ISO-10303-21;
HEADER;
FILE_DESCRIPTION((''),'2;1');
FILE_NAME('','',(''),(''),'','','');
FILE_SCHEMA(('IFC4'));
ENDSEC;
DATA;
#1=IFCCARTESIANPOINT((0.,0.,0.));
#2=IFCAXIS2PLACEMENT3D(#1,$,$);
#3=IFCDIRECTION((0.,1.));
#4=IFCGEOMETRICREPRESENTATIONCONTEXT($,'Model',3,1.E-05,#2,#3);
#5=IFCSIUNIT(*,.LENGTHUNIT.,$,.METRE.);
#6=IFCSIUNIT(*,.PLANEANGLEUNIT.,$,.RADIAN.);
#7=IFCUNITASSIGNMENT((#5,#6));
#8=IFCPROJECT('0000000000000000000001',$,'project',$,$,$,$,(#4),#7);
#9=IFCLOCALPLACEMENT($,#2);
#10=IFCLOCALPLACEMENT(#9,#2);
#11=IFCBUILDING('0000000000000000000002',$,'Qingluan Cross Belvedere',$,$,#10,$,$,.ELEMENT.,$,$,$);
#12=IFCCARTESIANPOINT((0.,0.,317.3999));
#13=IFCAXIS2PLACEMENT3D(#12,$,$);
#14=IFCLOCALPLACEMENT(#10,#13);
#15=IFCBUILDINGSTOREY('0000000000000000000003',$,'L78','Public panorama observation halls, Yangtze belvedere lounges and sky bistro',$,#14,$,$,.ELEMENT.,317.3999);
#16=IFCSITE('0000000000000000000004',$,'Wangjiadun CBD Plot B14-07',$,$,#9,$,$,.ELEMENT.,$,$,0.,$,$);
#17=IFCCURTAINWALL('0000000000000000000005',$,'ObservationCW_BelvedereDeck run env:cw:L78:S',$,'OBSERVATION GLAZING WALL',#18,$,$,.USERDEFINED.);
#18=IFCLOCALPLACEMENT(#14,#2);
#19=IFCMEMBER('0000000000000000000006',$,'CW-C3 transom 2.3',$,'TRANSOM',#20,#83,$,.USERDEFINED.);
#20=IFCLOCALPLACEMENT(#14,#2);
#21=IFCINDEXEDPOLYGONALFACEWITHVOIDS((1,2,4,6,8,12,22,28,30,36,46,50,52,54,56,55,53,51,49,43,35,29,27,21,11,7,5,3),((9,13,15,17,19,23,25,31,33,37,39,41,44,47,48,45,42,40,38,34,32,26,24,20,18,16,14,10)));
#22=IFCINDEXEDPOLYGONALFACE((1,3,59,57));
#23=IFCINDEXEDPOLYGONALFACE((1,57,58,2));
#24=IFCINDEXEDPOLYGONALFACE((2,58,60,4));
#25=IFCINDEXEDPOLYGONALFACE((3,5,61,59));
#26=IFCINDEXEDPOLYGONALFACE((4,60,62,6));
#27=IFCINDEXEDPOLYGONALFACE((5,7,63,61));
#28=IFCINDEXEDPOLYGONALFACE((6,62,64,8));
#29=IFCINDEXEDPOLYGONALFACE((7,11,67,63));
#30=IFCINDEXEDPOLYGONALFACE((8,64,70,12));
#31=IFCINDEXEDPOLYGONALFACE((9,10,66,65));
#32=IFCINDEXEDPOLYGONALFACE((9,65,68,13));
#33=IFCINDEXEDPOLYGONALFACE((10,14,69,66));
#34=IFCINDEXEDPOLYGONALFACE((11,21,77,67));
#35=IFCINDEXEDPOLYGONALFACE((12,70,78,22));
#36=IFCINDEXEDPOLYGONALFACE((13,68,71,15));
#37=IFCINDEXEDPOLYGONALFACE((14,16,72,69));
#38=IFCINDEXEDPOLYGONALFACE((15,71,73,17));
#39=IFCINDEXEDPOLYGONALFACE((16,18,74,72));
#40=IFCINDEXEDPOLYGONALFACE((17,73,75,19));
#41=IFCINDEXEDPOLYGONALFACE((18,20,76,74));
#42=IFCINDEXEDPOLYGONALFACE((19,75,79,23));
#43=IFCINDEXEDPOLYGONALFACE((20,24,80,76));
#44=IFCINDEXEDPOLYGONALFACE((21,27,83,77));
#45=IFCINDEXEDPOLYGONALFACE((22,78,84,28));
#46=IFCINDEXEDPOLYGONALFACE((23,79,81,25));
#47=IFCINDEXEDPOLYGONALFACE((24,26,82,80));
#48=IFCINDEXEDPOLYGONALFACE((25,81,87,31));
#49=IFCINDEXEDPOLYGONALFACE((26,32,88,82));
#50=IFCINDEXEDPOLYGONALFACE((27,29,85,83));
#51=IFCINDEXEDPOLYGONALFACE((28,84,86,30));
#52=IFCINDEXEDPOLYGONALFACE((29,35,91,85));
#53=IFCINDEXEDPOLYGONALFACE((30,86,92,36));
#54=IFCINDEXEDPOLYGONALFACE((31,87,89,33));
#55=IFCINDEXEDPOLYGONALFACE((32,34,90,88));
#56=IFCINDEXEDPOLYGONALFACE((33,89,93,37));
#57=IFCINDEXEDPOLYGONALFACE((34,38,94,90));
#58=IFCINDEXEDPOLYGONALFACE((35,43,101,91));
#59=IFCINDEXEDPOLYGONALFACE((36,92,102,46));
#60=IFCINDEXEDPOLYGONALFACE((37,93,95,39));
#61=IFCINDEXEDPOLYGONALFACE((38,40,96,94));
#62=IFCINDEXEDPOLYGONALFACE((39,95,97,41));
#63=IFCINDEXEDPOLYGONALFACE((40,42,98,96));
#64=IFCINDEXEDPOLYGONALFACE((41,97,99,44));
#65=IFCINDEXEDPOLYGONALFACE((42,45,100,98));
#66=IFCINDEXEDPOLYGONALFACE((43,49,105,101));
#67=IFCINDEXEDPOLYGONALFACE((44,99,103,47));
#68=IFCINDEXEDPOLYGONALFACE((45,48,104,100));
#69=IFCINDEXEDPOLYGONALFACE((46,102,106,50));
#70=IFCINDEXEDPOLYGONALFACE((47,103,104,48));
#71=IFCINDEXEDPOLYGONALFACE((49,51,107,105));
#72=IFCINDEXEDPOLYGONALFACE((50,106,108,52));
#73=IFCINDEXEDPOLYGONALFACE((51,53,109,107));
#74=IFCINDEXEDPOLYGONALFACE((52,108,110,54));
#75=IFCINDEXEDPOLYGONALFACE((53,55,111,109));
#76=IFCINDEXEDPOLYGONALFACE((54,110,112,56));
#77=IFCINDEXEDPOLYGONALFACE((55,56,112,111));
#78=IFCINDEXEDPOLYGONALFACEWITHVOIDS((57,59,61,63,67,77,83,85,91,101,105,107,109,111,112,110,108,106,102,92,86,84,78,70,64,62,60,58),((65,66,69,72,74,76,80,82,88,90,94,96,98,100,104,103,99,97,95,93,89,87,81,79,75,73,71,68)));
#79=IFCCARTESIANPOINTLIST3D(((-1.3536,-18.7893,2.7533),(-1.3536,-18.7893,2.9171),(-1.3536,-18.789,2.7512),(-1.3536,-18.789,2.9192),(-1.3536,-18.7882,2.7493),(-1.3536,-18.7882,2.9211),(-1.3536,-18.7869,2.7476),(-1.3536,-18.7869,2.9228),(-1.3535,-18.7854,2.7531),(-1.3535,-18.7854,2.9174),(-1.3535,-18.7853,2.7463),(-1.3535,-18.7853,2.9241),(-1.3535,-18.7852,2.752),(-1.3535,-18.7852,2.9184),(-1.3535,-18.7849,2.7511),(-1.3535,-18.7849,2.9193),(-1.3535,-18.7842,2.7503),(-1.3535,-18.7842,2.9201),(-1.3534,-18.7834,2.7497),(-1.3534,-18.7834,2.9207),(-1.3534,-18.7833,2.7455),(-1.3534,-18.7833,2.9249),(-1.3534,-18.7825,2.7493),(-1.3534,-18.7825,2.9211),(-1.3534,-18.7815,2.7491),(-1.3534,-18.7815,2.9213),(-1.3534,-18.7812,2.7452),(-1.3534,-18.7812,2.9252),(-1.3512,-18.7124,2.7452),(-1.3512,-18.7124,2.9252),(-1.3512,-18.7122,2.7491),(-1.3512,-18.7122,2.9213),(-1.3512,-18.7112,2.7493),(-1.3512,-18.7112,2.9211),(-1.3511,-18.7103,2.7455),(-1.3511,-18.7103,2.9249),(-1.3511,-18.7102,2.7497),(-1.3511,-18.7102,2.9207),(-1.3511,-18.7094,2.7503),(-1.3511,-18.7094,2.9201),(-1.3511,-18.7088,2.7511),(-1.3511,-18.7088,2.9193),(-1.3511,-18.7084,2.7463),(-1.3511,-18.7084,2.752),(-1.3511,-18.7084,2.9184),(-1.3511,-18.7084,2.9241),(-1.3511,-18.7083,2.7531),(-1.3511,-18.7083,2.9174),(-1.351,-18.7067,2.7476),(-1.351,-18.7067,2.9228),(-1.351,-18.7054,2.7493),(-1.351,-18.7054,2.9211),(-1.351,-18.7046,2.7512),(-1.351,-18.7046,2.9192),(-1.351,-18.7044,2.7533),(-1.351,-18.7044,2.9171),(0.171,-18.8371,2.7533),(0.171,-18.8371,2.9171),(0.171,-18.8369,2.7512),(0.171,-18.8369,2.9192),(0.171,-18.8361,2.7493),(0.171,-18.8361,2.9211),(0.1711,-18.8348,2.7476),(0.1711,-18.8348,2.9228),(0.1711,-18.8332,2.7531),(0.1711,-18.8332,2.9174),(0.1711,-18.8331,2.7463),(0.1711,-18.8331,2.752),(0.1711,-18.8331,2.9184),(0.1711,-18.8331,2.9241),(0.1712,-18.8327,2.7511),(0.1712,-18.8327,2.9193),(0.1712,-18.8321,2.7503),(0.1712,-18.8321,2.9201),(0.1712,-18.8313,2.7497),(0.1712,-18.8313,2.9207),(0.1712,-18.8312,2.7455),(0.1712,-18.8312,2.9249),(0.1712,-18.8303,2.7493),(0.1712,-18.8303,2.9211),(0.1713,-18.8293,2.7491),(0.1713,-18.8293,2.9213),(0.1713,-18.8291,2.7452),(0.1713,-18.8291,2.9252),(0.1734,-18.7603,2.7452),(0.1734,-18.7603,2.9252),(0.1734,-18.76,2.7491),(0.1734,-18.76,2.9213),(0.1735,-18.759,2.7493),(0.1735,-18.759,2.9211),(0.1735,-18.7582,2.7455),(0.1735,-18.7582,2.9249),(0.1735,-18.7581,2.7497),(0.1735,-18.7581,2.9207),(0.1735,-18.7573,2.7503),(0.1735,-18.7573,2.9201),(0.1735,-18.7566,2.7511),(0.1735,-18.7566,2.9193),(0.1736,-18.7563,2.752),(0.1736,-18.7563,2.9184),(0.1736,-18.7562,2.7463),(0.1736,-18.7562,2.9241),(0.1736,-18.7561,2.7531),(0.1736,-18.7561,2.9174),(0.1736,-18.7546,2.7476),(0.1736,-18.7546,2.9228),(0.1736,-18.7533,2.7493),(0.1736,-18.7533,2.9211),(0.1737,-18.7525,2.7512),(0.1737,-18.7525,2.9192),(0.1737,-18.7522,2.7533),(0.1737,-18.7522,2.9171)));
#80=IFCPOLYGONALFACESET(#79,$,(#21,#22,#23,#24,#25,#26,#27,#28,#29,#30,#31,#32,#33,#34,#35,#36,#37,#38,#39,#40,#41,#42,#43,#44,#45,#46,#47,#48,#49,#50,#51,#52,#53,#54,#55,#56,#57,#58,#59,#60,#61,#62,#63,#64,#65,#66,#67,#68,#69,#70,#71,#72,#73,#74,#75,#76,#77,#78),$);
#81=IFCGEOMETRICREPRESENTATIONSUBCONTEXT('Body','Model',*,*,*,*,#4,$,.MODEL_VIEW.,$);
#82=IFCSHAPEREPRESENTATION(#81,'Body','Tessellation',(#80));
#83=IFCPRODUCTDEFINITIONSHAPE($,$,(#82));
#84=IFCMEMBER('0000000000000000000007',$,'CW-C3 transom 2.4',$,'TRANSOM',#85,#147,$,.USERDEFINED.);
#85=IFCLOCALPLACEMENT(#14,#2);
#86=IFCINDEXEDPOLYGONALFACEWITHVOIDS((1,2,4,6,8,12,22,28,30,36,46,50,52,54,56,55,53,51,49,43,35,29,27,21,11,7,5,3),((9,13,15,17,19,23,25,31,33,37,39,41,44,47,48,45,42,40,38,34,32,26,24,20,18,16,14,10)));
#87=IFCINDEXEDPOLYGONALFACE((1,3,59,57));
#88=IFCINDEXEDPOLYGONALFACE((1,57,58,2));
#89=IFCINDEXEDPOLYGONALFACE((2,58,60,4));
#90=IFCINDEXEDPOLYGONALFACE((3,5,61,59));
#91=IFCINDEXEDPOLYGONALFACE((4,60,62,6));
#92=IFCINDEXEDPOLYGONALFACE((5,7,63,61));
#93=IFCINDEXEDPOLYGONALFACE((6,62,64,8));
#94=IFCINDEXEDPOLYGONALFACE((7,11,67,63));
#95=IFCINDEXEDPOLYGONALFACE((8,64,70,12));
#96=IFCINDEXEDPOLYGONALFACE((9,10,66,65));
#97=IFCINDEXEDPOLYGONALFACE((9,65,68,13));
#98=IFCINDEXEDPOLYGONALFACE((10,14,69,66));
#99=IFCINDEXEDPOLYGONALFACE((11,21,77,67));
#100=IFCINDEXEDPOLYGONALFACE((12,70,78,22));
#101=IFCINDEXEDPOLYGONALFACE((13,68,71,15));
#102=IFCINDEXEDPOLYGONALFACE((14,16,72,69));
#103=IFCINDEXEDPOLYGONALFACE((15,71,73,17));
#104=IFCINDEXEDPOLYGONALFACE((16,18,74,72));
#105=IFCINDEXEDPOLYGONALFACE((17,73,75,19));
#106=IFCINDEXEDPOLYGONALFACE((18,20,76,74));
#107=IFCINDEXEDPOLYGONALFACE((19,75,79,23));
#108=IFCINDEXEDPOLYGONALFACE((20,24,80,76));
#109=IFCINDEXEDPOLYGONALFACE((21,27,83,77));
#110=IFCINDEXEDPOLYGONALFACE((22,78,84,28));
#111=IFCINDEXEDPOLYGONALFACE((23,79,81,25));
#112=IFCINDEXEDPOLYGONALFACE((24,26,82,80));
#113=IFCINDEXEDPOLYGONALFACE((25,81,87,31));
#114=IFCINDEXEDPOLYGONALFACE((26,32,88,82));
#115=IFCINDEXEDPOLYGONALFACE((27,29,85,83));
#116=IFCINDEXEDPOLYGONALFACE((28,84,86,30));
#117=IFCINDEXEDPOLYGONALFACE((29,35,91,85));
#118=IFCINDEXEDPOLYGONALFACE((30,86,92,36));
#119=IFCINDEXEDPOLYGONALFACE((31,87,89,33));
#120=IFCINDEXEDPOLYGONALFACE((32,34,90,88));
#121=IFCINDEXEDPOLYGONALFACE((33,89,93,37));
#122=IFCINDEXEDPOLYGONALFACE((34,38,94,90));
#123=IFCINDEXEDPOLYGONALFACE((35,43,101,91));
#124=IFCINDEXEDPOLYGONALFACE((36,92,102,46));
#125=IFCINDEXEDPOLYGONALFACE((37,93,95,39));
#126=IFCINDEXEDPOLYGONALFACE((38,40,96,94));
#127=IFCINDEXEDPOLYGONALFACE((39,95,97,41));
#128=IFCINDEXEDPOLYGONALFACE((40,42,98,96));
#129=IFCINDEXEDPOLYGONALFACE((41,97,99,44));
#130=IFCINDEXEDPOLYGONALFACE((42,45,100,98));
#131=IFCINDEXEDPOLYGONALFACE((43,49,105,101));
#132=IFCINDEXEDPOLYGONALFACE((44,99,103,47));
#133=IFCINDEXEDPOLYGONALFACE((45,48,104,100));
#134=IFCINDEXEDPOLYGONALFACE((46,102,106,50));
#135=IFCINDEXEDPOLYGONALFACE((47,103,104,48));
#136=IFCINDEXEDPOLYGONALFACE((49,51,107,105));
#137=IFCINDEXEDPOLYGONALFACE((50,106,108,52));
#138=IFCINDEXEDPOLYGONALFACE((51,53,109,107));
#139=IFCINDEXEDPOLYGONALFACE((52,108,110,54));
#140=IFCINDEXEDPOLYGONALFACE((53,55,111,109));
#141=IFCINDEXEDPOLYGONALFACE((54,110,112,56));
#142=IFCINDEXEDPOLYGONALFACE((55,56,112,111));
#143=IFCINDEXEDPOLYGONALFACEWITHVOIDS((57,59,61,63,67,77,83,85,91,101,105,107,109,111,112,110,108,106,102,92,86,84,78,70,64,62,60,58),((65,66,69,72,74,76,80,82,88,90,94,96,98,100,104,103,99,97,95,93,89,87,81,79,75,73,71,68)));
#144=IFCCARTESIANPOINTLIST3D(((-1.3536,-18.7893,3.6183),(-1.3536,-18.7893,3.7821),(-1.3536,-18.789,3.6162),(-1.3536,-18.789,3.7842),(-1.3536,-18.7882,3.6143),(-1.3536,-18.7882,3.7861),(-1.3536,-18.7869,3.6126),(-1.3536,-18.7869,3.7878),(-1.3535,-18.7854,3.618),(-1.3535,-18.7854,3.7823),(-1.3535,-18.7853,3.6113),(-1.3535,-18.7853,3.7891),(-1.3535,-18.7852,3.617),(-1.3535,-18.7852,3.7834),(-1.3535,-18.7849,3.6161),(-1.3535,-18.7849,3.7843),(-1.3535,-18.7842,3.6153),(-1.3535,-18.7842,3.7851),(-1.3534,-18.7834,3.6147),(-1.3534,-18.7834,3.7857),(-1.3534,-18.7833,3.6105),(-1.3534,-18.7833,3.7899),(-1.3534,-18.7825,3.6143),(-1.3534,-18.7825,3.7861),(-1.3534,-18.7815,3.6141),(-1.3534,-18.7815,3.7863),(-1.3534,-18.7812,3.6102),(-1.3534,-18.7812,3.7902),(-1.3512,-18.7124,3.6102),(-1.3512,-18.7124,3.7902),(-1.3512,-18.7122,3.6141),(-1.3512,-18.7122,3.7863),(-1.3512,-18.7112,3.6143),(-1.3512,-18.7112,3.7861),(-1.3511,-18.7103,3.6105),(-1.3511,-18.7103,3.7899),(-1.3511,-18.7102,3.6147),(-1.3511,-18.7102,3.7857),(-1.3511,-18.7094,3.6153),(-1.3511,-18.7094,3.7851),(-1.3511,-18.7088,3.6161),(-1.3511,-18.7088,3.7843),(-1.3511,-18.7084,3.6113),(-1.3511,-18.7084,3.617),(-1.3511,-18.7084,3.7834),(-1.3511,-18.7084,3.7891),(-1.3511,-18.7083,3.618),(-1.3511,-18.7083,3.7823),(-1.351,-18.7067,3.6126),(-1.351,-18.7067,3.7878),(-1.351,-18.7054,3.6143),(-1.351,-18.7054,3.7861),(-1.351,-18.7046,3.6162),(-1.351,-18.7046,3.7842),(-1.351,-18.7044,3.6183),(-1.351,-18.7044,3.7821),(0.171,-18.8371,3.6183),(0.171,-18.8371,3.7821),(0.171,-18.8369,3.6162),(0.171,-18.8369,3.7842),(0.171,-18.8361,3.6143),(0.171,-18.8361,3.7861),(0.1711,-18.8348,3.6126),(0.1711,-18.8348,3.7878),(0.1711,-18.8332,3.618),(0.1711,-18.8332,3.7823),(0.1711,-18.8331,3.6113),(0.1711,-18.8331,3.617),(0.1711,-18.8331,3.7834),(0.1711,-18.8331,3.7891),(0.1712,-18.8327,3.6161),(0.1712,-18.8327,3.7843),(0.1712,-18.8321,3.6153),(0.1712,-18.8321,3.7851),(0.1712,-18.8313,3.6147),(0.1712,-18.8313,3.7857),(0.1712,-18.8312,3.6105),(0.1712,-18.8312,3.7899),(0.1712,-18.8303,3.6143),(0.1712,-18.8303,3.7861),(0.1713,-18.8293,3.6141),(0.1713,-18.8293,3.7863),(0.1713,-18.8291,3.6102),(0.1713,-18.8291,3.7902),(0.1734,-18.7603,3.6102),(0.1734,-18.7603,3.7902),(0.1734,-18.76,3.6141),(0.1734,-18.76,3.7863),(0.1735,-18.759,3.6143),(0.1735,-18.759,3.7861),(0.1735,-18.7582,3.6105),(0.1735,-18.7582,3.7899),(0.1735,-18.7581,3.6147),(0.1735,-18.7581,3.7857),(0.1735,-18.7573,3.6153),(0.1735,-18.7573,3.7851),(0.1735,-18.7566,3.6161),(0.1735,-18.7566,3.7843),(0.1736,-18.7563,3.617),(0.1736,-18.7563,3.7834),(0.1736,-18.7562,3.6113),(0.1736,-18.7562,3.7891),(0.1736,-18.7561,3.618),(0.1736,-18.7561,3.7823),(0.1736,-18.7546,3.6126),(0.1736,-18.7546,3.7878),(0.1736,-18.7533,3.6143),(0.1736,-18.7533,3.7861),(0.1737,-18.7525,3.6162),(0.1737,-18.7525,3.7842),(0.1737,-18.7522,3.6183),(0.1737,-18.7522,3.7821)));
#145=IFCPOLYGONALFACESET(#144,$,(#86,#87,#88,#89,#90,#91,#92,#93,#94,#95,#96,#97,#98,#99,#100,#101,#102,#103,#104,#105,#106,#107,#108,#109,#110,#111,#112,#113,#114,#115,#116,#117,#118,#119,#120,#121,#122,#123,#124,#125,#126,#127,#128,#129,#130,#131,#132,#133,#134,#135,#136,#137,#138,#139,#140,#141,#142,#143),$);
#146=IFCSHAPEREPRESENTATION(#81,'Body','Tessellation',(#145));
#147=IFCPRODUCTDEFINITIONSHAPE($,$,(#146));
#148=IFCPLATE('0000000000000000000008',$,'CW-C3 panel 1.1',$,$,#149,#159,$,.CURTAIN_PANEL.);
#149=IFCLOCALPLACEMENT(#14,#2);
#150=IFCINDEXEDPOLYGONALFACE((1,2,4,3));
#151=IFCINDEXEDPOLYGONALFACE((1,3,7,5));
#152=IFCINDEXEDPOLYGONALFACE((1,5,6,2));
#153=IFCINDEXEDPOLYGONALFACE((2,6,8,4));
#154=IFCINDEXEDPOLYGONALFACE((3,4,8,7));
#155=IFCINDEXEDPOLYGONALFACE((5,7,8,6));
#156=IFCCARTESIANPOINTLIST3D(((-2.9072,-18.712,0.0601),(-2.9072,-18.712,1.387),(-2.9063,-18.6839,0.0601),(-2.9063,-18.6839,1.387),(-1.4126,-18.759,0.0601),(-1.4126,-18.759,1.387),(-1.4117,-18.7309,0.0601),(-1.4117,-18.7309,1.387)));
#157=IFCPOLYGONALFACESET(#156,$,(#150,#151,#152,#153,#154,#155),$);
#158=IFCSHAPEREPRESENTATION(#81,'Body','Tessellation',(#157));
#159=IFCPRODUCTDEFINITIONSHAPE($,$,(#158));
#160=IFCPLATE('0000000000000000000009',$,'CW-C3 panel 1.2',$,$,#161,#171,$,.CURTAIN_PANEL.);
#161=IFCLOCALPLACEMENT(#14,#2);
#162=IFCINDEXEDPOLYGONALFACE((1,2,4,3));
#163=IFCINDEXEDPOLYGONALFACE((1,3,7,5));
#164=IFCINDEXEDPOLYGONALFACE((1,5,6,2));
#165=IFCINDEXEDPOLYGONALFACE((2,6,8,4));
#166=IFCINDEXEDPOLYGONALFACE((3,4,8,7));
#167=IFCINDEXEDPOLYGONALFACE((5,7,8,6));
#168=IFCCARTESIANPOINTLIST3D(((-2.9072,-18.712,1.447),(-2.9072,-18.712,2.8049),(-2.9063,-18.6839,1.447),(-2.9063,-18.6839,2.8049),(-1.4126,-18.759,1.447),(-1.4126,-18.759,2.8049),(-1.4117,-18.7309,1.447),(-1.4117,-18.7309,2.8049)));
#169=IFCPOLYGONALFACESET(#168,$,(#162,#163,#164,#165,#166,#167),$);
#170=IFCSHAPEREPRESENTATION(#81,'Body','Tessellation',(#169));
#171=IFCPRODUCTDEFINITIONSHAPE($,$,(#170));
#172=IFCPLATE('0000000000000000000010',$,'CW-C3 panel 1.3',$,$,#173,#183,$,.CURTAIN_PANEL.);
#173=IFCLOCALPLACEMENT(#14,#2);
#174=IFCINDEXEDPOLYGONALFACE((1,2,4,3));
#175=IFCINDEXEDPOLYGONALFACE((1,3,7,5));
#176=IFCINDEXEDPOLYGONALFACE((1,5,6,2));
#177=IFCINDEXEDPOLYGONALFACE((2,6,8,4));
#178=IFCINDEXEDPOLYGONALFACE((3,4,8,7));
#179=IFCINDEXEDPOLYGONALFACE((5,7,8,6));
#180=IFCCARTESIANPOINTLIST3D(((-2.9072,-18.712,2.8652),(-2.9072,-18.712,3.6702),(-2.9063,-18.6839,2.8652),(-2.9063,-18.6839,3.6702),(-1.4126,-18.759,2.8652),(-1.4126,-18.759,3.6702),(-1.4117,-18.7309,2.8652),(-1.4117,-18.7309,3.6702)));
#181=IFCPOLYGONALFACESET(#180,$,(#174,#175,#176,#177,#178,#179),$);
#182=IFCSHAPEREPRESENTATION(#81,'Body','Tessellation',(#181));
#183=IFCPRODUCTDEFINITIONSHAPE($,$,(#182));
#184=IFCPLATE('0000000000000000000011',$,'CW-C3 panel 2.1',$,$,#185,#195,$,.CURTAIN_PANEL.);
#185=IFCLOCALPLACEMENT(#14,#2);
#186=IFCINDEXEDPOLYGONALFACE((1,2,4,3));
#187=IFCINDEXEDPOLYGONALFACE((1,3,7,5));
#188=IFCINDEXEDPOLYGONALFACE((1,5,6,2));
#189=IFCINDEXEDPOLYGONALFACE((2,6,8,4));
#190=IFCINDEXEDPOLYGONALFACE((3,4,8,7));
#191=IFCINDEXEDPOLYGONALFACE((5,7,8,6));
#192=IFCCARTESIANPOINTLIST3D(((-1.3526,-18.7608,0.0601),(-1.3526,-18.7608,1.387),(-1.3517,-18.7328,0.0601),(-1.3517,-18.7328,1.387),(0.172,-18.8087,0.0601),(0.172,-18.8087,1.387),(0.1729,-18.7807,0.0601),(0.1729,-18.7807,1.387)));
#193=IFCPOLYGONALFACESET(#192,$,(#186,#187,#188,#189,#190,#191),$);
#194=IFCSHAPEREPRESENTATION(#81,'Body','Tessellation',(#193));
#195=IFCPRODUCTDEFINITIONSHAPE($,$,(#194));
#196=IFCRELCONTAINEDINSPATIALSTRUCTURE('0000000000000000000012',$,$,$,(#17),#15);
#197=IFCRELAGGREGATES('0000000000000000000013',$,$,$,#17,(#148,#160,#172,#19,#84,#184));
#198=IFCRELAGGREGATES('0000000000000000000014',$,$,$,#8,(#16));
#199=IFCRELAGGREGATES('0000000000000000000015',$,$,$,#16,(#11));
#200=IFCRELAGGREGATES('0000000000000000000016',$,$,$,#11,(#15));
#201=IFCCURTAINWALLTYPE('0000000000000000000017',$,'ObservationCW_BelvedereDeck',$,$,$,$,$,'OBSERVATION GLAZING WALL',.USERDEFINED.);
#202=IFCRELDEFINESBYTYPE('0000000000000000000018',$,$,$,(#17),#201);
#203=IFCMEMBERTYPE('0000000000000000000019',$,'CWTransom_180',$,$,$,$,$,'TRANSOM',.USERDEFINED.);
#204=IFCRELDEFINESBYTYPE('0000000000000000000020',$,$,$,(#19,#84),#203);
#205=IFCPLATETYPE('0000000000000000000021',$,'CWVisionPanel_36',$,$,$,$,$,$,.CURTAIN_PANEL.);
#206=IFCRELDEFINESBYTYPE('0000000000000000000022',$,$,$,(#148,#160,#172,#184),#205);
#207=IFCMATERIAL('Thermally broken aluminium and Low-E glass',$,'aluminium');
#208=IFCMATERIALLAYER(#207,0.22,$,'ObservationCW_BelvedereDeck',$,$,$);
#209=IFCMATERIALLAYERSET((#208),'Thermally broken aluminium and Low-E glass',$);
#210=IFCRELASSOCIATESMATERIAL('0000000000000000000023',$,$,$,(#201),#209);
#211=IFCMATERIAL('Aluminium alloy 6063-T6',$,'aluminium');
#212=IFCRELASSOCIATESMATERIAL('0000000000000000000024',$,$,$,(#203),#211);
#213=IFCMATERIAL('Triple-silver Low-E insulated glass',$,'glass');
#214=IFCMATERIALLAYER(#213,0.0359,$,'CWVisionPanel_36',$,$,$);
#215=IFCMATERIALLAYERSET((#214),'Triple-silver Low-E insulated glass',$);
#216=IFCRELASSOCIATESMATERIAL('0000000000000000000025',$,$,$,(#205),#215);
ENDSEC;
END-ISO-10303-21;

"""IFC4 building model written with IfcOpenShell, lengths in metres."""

from ifc_helpers import new_model, si_unit, direction, frame, origin, origin_2d, place, context, subcontext, project, spatial, rectangle, hollow_rectangle, extrude, material, layer, layer_set, material_profile, profile_set, type_object, element, aggregate, save


model = new_model("IFC4")

# Units and contexts
model_context = context("Model", 3, precision=1e-05, world=origin(), true_north=direction((0.0, 1.0)))
body_context = subcontext(model_context, "Body", "Model", "MODEL_VIEW")
ifc_project = project(units=[si_unit("LENGTHUNIT", "METRE"), si_unit("PLANEANGLEUNIT", "RADIAN")], contexts=[model_context])

# Site, building, storey
site_placement = place(None, origin())
site = spatial("IfcSite", under=ifc_project, at=site_placement, Name="Wangjiadun CBD Plot B14-07", CompositionType="ELEMENT", RefElevation=0.0)
building_placement = place(site_placement, origin())
building = spatial("IfcBuilding", under=site, at=building_placement, Name="Qingluan Cross Belvedere", CompositionType="ELEMENT")
storey_placement = place(building_placement, frame((0.0, 0.0, 317.3999)))
storey = spatial("IfcBuildingStorey", under=building, at=storey_placement, Name="L78", Description="Public panorama observation halls, Yangtze belvedere lounges and sky bistro", CompositionType="ELEMENT", Elevation=317.3999)

# Curtain wall, members, plates
ifc_material_1 = material(Name="Thermally broken aluminium and Low-E glass", Category="aluminium")
ifc_layer_1 = layer(ifc_material_1, 0.22, Name="ObservationCW_BelvedereDeck")
ifc_layer_set_1 = layer_set([ifc_layer_1], Name="Thermally broken aluminium and Low-E glass")
curtain_wall_type = type_object("IfcCurtainWallType", Name="ObservationCW_BelvedereDeck", ElementType="OBSERVATION GLAZING WALL", PredefinedType="USERDEFINED", material=ifc_layer_set_1)
curtain_wall_placement = place(storey_placement, origin())
curtain_wall = element("IfcCurtainWall", 1, at=curtain_wall_placement, inside=storey, type_object=curtain_wall_type, Name="ObservationCW_BelvedereDeck run env:cw:L78:S", ObjectType="OBSERVATION GLAZING WALL", PredefinedType="USERDEFINED")
ifc_material_2 = material(Name="Aluminium alloy 6063-T6", Category="aluminium")
ifc_material_profile_1 = material_profile(ifc_material_2, hollow_rectangle(XDim=0.085, YDim=0.1799, WallThickness=0.0039, InnerFilletRadius=0.0039, OuterFilletRadius=0.0081, at=origin_2d()), Name="CWT180x85x4")
ifc_profile_set_1 = profile_set([ifc_material_profile_1], Name="Aluminium alloy 6063-T6")
member_type_1 = type_object("IfcMemberType", Name="CWTransom_180", ElementType="TRANSOM", PredefinedType="USERDEFINED", material=ifc_profile_set_1)
member_1_placement = place(storey_placement, frame((-1.3523, -18.7468, 2.8352), z_axis=(0.999508, -0.03137, 0.0), x_axis=(0.03137, 0.999508, 0.0)))
member_1 = element("IfcMember", 2, at=member_1_placement, type_object=member_type_1, Name="CW-C3 transom 2.3", ObjectType="TRANSOM", PredefinedType="USERDEFINED", context=body_context, shape_type="SweptSolid", body=[
    extrude(hollow_rectangle(XDim=0.085, YDim=0.1799, WallThickness=0.0039, InnerFilletRadius=0.0039, OuterFilletRadius=0.0081, at=origin_2d()), origin(), (0.0, 0.0, 1.0), 1.5254),
])
member_2_placement = place(storey_placement, frame((-1.3523, -18.7468, 3.7002), z_axis=(0.999508, -0.03137, 0.0), x_axis=(0.03137, 0.999508, 0.0)))
member_2 = element("IfcMember", 3, at=member_2_placement, type_object=member_type_1, Name="CW-C3 transom 2.4", ObjectType="TRANSOM", PredefinedType="USERDEFINED", context=body_context, shape_type="SweptSolid", body=[
    extrude(hollow_rectangle(XDim=0.085, YDim=0.1799, WallThickness=0.0039, InnerFilletRadius=0.0039, OuterFilletRadius=0.0081, at=origin_2d()), origin(), (0.0, 0.0, 1.0), 1.5254),
])
ifc_material_3 = material(Name="Triple-silver Low-E insulated glass", Category="glass")
ifc_layer_2 = layer(ifc_material_3, 0.0359, Name="CWVisionPanel_36")
ifc_layer_set_2 = layer_set([ifc_layer_2], Name="Triple-silver Low-E insulated glass")
plate_type = type_object("IfcPlateType", Name="CWVisionPanel_36", PredefinedType="CURTAIN_PANEL", material=ifc_layer_set_2)
plate_1_placement = place(storey_placement, frame((-2.1594, -18.7214, 0.0601), z_axis=(0.0, 0.0, 1.0), x_axis=(0.999506, -0.031413, 0.0)))
plate_1 = element("IfcPlate", 4, at=plate_1_placement, type_object=plate_type, Name="CW-C3 panel 1.1", PredefinedType="CURTAIN_PANEL", context=body_context, shape_type="SweptSolid", body=[
    extrude(rectangle(XDim=1.4954, YDim=0.0281, at=origin_2d()), origin(), (0.0, 0.0, 1.0), 1.3269),
])
plate_2_placement = place(storey_placement, frame((-2.1594, -18.7214, 1.447), z_axis=(0.0, 0.0, 1.0), x_axis=(0.999506, -0.031413, 0.0)))
plate_2 = element("IfcPlate", 5, at=plate_2_placement, type_object=plate_type, Name="CW-C3 panel 1.2", PredefinedType="CURTAIN_PANEL", context=body_context, shape_type="SweptSolid", body=[
    extrude(rectangle(XDim=1.4954, YDim=0.0281, at=origin_2d()), origin(), (0.0, 0.0, 1.0), 1.3579),
])
plate_3_placement = place(storey_placement, frame((-2.1594, -18.7214, 2.8652), z_axis=(0.0, 0.0, 1.0), x_axis=(0.999506, -0.031413, 0.0)))
plate_3 = element("IfcPlate", 6, at=plate_3_placement, type_object=plate_type, Name="CW-C3 panel 1.3", PredefinedType="CURTAIN_PANEL", context=body_context, shape_type="SweptSolid", body=[
    extrude(rectangle(XDim=1.4954, YDim=0.0281, at=origin_2d()), origin(), (0.0, 0.0, 1.0), 0.8049),
])
plate_4_placement = place(storey_placement, frame((-0.5898, -18.7708, 0.0601), z_axis=(0.0, 0.0, 1.0), x_axis=(0.999506, -0.031413, 0.0)))
plate_4 = element("IfcPlate", 7, at=plate_4_placement, type_object=plate_type, Name="CW-C3 panel 2.1", PredefinedType="CURTAIN_PANEL", context=body_context, shape_type="SweptSolid", body=[
    extrude(rectangle(XDim=1.5254, YDim=0.0281, at=origin_2d()), origin(), (0.0, 0.0, 1.0), 1.3269),
])
aggregate(curtain_wall, [plate_1, plate_2, plate_3, member_1, member_2, plate_4])

save(model, "model.ifc")
